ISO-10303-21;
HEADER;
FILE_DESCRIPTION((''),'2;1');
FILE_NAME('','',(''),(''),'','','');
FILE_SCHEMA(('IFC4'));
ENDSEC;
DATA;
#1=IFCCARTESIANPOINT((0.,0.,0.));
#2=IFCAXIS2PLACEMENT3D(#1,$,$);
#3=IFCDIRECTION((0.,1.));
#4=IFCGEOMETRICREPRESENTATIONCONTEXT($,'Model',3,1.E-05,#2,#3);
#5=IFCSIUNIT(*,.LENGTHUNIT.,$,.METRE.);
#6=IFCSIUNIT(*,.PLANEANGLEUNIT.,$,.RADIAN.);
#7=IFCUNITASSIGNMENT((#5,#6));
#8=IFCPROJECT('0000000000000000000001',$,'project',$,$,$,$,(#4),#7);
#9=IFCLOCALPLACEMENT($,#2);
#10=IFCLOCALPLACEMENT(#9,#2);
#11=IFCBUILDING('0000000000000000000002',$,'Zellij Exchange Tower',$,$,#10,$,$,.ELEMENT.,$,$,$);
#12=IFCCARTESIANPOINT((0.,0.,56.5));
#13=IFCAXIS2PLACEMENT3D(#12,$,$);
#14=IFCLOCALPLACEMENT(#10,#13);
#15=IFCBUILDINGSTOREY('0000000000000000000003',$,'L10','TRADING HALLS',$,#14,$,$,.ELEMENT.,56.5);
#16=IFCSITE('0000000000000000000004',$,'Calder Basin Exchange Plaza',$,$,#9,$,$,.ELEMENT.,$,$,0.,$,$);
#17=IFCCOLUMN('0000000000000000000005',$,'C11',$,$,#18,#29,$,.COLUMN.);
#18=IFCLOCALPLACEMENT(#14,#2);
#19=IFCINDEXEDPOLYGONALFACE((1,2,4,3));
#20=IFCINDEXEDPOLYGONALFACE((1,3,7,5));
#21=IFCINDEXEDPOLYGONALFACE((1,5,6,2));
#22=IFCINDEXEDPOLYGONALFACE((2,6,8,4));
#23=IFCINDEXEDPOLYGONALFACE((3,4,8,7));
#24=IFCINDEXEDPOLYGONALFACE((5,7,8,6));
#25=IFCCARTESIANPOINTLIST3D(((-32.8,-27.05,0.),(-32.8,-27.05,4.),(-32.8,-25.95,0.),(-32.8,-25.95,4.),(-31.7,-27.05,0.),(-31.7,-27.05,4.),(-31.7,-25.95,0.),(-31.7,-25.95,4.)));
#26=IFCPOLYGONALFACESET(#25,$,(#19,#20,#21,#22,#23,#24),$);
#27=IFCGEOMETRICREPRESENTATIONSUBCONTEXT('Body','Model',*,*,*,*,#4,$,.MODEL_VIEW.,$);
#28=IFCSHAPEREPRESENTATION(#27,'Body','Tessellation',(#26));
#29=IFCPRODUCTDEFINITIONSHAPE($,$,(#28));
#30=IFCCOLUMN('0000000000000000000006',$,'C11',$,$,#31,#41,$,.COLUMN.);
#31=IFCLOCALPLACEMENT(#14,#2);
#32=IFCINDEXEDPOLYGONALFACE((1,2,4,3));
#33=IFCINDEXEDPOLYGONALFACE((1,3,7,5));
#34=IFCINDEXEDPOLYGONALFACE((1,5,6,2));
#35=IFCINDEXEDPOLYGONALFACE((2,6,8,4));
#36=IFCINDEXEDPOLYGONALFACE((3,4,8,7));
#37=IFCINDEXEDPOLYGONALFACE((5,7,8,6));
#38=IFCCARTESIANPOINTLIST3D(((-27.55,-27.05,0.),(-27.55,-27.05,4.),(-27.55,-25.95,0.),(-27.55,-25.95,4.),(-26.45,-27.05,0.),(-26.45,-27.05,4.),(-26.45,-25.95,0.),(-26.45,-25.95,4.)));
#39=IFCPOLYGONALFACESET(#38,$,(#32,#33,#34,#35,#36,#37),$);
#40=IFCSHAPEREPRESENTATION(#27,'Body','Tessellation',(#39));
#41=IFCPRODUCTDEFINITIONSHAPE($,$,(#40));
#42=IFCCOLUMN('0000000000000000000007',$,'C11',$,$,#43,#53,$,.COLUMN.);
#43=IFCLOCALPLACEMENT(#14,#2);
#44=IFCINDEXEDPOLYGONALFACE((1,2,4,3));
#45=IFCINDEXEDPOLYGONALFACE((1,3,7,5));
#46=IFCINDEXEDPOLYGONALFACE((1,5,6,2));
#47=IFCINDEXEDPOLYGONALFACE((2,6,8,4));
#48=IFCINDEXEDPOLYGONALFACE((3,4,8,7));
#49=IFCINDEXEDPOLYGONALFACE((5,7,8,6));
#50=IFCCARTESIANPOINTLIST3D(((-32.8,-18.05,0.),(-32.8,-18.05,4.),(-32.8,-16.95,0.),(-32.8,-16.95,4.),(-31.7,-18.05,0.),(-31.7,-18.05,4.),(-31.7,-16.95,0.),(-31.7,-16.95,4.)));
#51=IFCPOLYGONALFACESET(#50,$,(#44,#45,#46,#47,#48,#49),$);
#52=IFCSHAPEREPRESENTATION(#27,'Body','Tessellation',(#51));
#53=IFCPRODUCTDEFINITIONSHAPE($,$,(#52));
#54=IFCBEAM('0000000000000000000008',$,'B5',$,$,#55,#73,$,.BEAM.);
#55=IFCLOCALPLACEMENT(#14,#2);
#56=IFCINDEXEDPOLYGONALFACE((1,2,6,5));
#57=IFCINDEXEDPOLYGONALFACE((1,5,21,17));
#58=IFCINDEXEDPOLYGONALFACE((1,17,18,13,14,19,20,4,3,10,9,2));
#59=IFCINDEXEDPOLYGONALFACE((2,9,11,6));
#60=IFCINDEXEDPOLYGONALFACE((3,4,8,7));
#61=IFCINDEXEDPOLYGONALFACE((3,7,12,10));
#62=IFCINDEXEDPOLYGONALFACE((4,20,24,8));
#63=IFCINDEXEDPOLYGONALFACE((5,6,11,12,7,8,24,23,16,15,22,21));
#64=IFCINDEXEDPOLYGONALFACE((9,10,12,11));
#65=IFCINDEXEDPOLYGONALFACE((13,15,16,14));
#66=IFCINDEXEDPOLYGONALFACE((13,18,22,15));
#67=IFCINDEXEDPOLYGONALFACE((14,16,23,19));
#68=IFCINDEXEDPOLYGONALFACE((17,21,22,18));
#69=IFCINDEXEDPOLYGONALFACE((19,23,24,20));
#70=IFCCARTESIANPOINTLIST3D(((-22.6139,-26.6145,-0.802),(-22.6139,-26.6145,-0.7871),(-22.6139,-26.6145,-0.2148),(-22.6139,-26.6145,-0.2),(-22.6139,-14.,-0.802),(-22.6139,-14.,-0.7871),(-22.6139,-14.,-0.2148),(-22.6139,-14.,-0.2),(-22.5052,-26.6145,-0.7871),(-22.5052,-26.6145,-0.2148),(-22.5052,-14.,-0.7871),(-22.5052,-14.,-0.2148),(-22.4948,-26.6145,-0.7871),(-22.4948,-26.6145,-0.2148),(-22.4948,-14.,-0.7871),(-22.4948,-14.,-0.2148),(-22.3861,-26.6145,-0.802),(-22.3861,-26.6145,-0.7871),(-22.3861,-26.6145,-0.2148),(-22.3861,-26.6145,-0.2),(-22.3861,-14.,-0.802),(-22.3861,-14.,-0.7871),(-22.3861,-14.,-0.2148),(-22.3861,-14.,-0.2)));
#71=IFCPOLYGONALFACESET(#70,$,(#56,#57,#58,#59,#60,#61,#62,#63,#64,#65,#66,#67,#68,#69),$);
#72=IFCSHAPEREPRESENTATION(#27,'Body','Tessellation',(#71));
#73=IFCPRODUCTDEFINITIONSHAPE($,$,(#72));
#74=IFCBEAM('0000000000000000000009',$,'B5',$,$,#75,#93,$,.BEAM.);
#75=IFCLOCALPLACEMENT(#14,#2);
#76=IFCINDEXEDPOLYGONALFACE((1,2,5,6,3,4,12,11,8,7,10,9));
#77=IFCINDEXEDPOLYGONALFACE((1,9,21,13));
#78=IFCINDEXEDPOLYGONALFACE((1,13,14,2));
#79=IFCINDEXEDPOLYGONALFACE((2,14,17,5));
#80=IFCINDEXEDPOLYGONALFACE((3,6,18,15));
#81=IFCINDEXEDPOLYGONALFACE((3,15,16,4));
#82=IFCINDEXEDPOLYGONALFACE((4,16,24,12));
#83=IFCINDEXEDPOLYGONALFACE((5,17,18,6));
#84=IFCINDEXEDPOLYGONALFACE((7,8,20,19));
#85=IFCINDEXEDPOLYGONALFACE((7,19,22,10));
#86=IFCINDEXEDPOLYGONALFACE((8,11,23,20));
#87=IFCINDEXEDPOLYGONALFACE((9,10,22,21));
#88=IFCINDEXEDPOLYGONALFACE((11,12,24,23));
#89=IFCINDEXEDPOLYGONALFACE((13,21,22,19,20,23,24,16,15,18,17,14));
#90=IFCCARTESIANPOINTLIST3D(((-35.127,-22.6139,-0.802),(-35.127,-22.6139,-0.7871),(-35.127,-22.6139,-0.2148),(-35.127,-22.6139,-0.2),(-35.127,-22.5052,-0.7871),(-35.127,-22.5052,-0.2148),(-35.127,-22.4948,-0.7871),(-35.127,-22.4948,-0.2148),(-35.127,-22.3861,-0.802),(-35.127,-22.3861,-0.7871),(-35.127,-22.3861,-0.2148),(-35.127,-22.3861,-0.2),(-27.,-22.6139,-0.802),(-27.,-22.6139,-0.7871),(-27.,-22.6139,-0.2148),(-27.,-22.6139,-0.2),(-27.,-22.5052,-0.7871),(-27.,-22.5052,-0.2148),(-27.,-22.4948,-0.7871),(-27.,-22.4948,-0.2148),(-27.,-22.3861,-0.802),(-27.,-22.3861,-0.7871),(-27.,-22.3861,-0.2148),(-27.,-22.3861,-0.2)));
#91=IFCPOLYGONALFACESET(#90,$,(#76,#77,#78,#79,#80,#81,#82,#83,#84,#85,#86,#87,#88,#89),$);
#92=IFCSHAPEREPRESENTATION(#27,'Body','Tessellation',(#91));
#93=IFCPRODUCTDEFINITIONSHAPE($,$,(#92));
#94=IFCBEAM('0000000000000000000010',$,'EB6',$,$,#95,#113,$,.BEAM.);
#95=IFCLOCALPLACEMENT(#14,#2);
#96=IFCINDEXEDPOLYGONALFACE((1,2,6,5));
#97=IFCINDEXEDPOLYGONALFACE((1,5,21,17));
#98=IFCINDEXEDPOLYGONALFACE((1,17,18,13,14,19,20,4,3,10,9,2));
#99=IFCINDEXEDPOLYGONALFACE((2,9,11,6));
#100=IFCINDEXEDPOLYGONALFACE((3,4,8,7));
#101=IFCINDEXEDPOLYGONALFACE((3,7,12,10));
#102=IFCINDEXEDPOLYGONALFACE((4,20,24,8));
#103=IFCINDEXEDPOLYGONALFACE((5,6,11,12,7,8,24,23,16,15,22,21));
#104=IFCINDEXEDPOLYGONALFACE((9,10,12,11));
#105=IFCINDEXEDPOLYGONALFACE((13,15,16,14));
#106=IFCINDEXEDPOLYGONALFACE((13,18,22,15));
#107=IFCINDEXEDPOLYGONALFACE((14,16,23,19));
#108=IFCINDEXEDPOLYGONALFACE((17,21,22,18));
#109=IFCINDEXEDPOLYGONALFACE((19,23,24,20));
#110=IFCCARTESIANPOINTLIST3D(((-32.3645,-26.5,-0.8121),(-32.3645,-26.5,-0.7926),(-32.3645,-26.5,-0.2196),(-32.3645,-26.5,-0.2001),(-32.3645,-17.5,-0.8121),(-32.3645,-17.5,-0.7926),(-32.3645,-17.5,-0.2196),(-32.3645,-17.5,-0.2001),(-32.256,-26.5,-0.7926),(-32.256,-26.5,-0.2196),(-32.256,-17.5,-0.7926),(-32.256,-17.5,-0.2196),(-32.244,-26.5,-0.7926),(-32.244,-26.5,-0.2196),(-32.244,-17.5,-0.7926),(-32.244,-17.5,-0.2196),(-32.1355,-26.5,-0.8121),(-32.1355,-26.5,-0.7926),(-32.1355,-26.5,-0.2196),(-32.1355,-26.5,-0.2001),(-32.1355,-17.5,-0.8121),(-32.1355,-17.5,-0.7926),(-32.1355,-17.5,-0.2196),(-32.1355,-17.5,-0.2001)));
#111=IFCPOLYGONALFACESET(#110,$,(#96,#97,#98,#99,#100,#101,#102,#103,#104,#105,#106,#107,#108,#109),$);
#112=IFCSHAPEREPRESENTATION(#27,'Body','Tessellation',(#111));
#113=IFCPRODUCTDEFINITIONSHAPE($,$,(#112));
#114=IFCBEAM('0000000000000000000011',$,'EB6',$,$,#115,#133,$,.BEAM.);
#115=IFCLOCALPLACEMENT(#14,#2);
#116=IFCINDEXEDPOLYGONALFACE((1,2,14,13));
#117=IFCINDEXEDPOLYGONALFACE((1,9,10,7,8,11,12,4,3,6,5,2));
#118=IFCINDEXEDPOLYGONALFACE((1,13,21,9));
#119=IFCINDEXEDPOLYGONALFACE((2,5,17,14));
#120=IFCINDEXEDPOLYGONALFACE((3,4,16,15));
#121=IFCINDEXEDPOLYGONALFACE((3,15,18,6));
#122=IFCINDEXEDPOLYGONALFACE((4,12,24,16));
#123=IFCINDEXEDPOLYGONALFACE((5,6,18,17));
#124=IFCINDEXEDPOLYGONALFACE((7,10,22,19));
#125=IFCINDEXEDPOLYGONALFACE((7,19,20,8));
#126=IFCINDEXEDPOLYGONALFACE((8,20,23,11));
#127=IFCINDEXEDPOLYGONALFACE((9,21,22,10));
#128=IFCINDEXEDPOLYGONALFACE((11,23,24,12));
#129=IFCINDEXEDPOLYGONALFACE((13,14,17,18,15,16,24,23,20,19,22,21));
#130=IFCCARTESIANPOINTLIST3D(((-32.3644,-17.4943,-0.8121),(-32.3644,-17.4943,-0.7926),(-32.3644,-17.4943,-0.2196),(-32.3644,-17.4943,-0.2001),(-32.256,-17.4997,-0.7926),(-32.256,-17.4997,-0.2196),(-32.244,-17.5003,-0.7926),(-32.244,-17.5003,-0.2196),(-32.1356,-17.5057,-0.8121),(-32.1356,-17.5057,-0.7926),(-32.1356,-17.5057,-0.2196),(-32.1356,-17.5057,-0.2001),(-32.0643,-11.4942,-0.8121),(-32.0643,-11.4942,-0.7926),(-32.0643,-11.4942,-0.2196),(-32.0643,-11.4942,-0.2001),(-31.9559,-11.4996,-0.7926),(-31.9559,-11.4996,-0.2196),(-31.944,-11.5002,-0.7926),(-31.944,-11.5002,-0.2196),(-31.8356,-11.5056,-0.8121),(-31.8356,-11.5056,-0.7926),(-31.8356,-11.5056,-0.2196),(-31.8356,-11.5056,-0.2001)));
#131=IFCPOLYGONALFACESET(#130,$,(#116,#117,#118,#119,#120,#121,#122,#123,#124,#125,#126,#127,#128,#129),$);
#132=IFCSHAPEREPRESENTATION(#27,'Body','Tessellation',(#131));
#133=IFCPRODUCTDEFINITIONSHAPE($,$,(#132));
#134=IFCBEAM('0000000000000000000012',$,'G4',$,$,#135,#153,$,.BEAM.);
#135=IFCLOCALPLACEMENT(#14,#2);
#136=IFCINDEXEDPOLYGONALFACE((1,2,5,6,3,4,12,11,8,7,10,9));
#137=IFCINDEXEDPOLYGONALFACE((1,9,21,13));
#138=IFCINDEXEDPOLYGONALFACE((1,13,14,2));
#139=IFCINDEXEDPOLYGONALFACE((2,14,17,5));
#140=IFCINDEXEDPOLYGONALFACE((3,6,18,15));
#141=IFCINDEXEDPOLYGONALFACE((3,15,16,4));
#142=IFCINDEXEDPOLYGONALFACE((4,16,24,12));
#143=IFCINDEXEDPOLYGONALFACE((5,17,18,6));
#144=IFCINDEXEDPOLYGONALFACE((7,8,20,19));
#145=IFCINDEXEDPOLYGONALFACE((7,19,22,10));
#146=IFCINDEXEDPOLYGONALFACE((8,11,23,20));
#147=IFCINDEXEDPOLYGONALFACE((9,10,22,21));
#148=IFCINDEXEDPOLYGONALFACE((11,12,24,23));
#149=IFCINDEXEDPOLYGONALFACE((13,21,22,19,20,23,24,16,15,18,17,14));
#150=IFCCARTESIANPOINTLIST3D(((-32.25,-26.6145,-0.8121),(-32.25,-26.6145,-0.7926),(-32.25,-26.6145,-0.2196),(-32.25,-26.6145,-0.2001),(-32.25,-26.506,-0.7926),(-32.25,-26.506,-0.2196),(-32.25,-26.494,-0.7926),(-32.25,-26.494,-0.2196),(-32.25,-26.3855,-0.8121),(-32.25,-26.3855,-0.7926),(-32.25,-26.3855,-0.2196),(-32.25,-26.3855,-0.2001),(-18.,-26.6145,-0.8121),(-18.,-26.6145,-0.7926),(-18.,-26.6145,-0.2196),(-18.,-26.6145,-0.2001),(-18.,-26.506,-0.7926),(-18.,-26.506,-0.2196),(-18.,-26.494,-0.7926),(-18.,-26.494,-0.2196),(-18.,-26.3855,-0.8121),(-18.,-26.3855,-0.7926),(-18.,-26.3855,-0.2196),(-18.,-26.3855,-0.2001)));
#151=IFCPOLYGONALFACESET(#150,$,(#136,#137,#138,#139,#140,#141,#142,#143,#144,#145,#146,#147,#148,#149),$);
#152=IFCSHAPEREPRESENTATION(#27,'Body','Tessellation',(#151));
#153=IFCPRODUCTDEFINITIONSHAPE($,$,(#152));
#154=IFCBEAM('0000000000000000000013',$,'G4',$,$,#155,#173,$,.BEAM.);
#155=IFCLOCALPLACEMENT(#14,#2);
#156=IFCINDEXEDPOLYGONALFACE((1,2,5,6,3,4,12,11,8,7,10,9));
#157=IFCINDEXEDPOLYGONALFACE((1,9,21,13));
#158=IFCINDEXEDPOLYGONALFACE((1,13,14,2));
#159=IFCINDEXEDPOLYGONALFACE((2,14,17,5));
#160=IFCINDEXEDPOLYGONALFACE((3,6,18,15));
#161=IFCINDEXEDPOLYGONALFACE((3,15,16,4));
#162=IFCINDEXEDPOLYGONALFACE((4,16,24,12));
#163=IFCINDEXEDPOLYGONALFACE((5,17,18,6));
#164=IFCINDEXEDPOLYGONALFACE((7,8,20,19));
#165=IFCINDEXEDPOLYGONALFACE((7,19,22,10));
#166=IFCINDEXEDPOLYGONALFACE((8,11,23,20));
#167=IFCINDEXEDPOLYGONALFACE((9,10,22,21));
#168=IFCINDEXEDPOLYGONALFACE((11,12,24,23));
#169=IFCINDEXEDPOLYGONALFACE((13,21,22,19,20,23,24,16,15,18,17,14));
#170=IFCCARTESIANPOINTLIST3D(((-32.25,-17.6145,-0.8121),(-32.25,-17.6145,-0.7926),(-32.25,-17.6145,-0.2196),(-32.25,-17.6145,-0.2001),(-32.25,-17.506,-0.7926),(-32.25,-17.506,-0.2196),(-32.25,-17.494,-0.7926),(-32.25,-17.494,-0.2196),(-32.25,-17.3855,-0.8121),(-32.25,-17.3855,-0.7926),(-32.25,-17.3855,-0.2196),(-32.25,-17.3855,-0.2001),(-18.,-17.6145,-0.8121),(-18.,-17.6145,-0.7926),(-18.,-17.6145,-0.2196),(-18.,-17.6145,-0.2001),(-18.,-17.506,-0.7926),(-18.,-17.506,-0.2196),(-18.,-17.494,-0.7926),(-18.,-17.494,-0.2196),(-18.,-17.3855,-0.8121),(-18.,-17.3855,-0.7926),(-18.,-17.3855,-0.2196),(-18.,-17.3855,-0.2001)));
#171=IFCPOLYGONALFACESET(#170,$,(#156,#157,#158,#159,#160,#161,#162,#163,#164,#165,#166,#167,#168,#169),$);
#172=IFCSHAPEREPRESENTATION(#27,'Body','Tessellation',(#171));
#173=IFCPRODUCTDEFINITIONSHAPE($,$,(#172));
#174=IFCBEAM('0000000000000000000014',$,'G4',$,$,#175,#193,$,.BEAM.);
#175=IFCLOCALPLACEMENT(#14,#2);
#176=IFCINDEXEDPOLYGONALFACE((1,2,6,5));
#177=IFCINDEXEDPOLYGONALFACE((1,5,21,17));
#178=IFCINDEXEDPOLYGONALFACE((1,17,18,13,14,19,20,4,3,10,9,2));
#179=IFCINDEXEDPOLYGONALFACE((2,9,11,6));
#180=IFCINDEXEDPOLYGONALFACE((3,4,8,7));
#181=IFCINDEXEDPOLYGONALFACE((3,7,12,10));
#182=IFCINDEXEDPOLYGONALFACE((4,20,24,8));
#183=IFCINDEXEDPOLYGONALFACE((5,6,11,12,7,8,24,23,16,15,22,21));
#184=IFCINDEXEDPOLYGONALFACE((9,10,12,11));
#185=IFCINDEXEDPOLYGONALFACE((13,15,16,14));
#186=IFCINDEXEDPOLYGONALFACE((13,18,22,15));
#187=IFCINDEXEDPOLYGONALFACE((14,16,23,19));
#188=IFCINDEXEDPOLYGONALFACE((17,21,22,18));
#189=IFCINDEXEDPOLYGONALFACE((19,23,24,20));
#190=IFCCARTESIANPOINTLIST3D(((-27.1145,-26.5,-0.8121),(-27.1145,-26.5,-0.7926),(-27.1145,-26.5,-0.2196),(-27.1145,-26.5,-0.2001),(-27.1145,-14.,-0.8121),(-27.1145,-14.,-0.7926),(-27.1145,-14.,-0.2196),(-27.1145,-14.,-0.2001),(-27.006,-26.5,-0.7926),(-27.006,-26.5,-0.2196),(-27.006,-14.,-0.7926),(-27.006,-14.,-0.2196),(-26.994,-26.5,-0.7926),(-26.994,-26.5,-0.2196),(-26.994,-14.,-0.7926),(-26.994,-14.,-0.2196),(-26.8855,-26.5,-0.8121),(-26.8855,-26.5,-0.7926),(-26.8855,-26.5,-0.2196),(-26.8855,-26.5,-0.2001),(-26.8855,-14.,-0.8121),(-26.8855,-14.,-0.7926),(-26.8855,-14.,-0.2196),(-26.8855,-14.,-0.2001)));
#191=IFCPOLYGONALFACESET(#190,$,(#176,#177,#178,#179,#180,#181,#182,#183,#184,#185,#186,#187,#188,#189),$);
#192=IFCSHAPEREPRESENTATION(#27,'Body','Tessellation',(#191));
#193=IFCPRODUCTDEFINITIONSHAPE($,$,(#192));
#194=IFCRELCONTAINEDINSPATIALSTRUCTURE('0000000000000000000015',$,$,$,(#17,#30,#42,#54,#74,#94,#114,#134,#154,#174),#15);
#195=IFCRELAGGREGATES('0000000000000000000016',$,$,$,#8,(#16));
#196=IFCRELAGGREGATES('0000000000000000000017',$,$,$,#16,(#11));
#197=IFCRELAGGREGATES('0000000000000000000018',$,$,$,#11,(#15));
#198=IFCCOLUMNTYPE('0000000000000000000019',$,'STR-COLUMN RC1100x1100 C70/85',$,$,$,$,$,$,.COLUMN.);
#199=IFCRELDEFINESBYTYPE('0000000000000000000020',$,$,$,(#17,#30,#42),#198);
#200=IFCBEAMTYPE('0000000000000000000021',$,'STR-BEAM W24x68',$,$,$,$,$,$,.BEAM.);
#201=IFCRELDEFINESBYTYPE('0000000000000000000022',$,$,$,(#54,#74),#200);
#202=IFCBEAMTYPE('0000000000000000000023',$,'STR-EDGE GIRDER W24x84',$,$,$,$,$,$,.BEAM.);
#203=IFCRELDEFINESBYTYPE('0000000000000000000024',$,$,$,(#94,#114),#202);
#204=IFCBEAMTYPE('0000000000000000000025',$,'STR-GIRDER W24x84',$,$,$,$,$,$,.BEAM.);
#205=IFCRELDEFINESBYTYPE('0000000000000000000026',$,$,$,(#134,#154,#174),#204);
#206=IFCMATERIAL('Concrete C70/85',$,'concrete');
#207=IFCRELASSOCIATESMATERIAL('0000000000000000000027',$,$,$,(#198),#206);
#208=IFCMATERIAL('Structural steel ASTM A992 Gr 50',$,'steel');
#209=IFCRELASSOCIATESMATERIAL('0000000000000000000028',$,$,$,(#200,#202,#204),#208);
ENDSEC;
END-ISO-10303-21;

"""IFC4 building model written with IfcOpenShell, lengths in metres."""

from ifc_helpers import new_model, si_unit, direction, frame, origin, origin_2d, place, context, subcontext, project, spatial, rectangle, i_section, extrude, material, material_profile, profile_set, type_object, element, save


model = new_model("IFC4")

# Units and contexts
model_context = context("Model", 3, precision=1e-05, world=origin(), true_north=direction((0.0, 1.0)))
body_context = subcontext(model_context, "Body", "Model", "MODEL_VIEW")
ifc_project = project(units=[si_unit("LENGTHUNIT", "METRE"), si_unit("PLANEANGLEUNIT", "RADIAN")], contexts=[model_context])

# Site, building, storey
site_placement = place(None, origin())
site = spatial("IfcSite", under=ifc_project, at=site_placement, Name="Calder Basin Exchange Plaza", CompositionType="ELEMENT", RefElevation=0.0)
building_placement = place(site_placement, origin())
building = spatial("IfcBuilding", under=site, at=building_placement, Name="Zellij Exchange Tower", CompositionType="ELEMENT")
storey_placement = place(building_placement, frame((0.0, 0.0, 56.5)))
storey = spatial("IfcBuildingStorey", under=building, at=storey_placement, Name="L10", Description="TRADING HALLS", CompositionType="ELEMENT", Elevation=56.5)

# Columns
ifc_material_1 = material(Name="Concrete C70/85", Category="concrete")
ifc_material_profile_1 = material_profile(ifc_material_1, rectangle(XDim=1.1001, YDim=1.1001, at=origin_2d()), Name="STR-COLUMN RC1100x1100 C70/85")
ifc_profile_set_1 = profile_set([ifc_material_profile_1], Name="Concrete C70/85")
column_type = type_object("IfcColumnType", Name="STR-COLUMN RC1100x1100 C70/85", PredefinedType="COLUMN", material=ifc_profile_set_1)
for number, where, z_axis, x_axis, name in (
    (1, (-32.25, -26.5, 0.0), (0.0, 0.0, 1.0), (1.0, 0.0, 0.0), "C11"),
    (2, (-27.0, -26.5, 0.0), (0.0, 0.0, 1.0), (1.0, 0.0, 0.0), "C11"),
    (3, (-32.25, -17.5, 0.0), (0.0, 0.0, 1.0), (1.0, 0.0, 0.0), "C11"),
):
    element("IfcColumn", number, at=place(storey_placement, frame(where, z_axis=z_axis, x_axis=x_axis)), inside=storey, type_object=column_type, Name=name, PredefinedType="COLUMN", context=body_context, shape_type="SweptSolid", body=[
        extrude(rectangle(XDim=1.1001, YDim=1.1001, at=origin_2d()), origin(), (0.0, 0.0, 1.0), 4.0),
    ])

# Beams
ifc_material_2 = material(Name="Structural steel ASTM A992 Gr 50", Category="steel")
ifc_material_profile_2 = material_profile(ifc_material_2, i_section(OverallWidth=0.2278, OverallDepth=0.6021, WebThickness=0.0105, FlangeThickness=0.0149, at=origin_2d()), Name="W24x68")
ifc_profile_set_2 = profile_set([ifc_material_profile_2], Name="Structural steel ASTM A992 Gr 50")
beam_type_1 = type_object("IfcBeamType", Name="STR-BEAM W24x68", PredefinedType="BEAM", material=ifc_profile_set_2)
beam_1_placement = place(storey_placement, frame((-22.5, -26.6145, -0.501), z_axis=(0.0, 1.0, 0.0), x_axis=(-1.0, 0.0, 0.0)))
element("IfcBeam", 4, at=beam_1_placement, inside=storey, type_object=beam_type_1, Name="B5", PredefinedType="BEAM", context=body_context, shape_type="SweptSolid", body=[
    extrude(i_section(OverallWidth=0.2278, OverallDepth=0.6021, WebThickness=0.0105, FlangeThickness=0.0149, at=origin_2d()), origin(), (0.0, 0.0, 1.0), 12.6145),
])
beam_2_placement = place(storey_placement, frame((-35.127, -22.5, -0.501), z_axis=(1.0, 0.0, 0.0), x_axis=(0.0, 1.0, 0.0)))
element("IfcBeam", 5, at=beam_2_placement, inside=storey, type_object=beam_type_1, Name="B5", PredefinedType="BEAM", context=body_context, shape_type="SweptSolid", body=[
    extrude(i_section(OverallWidth=0.2278, OverallDepth=0.6021, WebThickness=0.0105, FlangeThickness=0.0149, at=origin_2d()), origin(), (0.0, 0.0, 1.0), 8.127),
])
ifc_material_profile_3 = material_profile(ifc_material_2, i_section(OverallWidth=0.229, OverallDepth=0.6121, WebThickness=0.012, FlangeThickness=0.0195, at=origin_2d()), Name="W24x84")
ifc_profile_set_3 = profile_set([ifc_material_profile_3], Name="Structural steel ASTM A992 Gr 50")
beam_type_2 = type_object("IfcBeamType", Name="STR-EDGE GIRDER W24x84", PredefinedType="BEAM", material=ifc_profile_set_3)
beam_3_placement = place(storey_placement, frame((-32.25, -26.5, -0.5061), z_axis=(0.0, 1.0, 0.0), x_axis=(-1.0, 0.0, 0.0)))
element("IfcBeam", 6, at=beam_3_placement, inside=storey, type_object=beam_type_2, Name="EB6", PredefinedType="BEAM", context=body_context, shape_type="SweptSolid", body=[
    extrude(i_section(OverallWidth=0.229, OverallDepth=0.6121, WebThickness=0.012, FlangeThickness=0.0195, at=origin_2d()), origin(), (0.0, 0.0, 1.0), 9.0),
])
beam_4_placement = place(storey_placement, frame((-32.25, -17.5, -0.5061), z_axis=(0.049946, 0.998752, 0.0), x_axis=(-0.998752, 0.049946, 0.0)))
element("IfcBeam", 7, at=beam_4_placement, inside=storey, type_object=beam_type_2, Name="EB6", PredefinedType="BEAM", context=body_context, shape_type="SweptSolid", body=[
    extrude(i_section(OverallWidth=0.229, OverallDepth=0.6121, WebThickness=0.012, FlangeThickness=0.0195, at=origin_2d()), origin(), (0.0, 0.0, 1.0), 6.0076),
])
ifc_material_profile_4 = material_profile(ifc_material_2, i_section(OverallWidth=0.229, OverallDepth=0.6121, WebThickness=0.012, FlangeThickness=0.0195, at=origin_2d()), Name="W24x84")
ifc_profile_set_4 = profile_set([ifc_material_profile_4], Name="Structural steel ASTM A992 Gr 50")
beam_type_3 = type_object("IfcBeamType", Name="STR-GIRDER W24x84", PredefinedType="BEAM", material=ifc_profile_set_4)
for number, where, z_axis, x_axis, name in (
    (8, (-32.25, -26.5, -0.5061), (1.0, 0.0, 0.0), (0.0, 1.0, 0.0), "G4"),
    (9, (-32.25, -17.5, -0.5061), (1.0, 0.0, 0.0), (0.0, 1.0, 0.0), "G4"),
):
    element("IfcBeam", number, at=place(storey_placement, frame(where, z_axis=z_axis, x_axis=x_axis)), inside=storey, type_object=beam_type_3, Name=name, PredefinedType="BEAM", context=body_context, shape_type="SweptSolid", body=[
        extrude(i_section(OverallWidth=0.229, OverallDepth=0.6121, WebThickness=0.012, FlangeThickness=0.0195, at=origin_2d()), origin(), (0.0, 0.0, 1.0), 14.25),
    ])
beam_5_placement = place(storey_placement, frame((-27.0, -26.5, -0.5061), z_axis=(0.0, 1.0, 0.0), x_axis=(-1.0, 0.0, 0.0)))
element("IfcBeam", 10, at=beam_5_placement, inside=storey, type_object=beam_type_3, Name="G4", PredefinedType="BEAM", context=body_context, shape_type="SweptSolid", body=[
    extrude(i_section(OverallWidth=0.229, OverallDepth=0.6121, WebThickness=0.012, FlangeThickness=0.0195, at=origin_2d()), origin(), (0.0, 0.0, 1.0), 12.5),
])

save(model, "model.ifc")
